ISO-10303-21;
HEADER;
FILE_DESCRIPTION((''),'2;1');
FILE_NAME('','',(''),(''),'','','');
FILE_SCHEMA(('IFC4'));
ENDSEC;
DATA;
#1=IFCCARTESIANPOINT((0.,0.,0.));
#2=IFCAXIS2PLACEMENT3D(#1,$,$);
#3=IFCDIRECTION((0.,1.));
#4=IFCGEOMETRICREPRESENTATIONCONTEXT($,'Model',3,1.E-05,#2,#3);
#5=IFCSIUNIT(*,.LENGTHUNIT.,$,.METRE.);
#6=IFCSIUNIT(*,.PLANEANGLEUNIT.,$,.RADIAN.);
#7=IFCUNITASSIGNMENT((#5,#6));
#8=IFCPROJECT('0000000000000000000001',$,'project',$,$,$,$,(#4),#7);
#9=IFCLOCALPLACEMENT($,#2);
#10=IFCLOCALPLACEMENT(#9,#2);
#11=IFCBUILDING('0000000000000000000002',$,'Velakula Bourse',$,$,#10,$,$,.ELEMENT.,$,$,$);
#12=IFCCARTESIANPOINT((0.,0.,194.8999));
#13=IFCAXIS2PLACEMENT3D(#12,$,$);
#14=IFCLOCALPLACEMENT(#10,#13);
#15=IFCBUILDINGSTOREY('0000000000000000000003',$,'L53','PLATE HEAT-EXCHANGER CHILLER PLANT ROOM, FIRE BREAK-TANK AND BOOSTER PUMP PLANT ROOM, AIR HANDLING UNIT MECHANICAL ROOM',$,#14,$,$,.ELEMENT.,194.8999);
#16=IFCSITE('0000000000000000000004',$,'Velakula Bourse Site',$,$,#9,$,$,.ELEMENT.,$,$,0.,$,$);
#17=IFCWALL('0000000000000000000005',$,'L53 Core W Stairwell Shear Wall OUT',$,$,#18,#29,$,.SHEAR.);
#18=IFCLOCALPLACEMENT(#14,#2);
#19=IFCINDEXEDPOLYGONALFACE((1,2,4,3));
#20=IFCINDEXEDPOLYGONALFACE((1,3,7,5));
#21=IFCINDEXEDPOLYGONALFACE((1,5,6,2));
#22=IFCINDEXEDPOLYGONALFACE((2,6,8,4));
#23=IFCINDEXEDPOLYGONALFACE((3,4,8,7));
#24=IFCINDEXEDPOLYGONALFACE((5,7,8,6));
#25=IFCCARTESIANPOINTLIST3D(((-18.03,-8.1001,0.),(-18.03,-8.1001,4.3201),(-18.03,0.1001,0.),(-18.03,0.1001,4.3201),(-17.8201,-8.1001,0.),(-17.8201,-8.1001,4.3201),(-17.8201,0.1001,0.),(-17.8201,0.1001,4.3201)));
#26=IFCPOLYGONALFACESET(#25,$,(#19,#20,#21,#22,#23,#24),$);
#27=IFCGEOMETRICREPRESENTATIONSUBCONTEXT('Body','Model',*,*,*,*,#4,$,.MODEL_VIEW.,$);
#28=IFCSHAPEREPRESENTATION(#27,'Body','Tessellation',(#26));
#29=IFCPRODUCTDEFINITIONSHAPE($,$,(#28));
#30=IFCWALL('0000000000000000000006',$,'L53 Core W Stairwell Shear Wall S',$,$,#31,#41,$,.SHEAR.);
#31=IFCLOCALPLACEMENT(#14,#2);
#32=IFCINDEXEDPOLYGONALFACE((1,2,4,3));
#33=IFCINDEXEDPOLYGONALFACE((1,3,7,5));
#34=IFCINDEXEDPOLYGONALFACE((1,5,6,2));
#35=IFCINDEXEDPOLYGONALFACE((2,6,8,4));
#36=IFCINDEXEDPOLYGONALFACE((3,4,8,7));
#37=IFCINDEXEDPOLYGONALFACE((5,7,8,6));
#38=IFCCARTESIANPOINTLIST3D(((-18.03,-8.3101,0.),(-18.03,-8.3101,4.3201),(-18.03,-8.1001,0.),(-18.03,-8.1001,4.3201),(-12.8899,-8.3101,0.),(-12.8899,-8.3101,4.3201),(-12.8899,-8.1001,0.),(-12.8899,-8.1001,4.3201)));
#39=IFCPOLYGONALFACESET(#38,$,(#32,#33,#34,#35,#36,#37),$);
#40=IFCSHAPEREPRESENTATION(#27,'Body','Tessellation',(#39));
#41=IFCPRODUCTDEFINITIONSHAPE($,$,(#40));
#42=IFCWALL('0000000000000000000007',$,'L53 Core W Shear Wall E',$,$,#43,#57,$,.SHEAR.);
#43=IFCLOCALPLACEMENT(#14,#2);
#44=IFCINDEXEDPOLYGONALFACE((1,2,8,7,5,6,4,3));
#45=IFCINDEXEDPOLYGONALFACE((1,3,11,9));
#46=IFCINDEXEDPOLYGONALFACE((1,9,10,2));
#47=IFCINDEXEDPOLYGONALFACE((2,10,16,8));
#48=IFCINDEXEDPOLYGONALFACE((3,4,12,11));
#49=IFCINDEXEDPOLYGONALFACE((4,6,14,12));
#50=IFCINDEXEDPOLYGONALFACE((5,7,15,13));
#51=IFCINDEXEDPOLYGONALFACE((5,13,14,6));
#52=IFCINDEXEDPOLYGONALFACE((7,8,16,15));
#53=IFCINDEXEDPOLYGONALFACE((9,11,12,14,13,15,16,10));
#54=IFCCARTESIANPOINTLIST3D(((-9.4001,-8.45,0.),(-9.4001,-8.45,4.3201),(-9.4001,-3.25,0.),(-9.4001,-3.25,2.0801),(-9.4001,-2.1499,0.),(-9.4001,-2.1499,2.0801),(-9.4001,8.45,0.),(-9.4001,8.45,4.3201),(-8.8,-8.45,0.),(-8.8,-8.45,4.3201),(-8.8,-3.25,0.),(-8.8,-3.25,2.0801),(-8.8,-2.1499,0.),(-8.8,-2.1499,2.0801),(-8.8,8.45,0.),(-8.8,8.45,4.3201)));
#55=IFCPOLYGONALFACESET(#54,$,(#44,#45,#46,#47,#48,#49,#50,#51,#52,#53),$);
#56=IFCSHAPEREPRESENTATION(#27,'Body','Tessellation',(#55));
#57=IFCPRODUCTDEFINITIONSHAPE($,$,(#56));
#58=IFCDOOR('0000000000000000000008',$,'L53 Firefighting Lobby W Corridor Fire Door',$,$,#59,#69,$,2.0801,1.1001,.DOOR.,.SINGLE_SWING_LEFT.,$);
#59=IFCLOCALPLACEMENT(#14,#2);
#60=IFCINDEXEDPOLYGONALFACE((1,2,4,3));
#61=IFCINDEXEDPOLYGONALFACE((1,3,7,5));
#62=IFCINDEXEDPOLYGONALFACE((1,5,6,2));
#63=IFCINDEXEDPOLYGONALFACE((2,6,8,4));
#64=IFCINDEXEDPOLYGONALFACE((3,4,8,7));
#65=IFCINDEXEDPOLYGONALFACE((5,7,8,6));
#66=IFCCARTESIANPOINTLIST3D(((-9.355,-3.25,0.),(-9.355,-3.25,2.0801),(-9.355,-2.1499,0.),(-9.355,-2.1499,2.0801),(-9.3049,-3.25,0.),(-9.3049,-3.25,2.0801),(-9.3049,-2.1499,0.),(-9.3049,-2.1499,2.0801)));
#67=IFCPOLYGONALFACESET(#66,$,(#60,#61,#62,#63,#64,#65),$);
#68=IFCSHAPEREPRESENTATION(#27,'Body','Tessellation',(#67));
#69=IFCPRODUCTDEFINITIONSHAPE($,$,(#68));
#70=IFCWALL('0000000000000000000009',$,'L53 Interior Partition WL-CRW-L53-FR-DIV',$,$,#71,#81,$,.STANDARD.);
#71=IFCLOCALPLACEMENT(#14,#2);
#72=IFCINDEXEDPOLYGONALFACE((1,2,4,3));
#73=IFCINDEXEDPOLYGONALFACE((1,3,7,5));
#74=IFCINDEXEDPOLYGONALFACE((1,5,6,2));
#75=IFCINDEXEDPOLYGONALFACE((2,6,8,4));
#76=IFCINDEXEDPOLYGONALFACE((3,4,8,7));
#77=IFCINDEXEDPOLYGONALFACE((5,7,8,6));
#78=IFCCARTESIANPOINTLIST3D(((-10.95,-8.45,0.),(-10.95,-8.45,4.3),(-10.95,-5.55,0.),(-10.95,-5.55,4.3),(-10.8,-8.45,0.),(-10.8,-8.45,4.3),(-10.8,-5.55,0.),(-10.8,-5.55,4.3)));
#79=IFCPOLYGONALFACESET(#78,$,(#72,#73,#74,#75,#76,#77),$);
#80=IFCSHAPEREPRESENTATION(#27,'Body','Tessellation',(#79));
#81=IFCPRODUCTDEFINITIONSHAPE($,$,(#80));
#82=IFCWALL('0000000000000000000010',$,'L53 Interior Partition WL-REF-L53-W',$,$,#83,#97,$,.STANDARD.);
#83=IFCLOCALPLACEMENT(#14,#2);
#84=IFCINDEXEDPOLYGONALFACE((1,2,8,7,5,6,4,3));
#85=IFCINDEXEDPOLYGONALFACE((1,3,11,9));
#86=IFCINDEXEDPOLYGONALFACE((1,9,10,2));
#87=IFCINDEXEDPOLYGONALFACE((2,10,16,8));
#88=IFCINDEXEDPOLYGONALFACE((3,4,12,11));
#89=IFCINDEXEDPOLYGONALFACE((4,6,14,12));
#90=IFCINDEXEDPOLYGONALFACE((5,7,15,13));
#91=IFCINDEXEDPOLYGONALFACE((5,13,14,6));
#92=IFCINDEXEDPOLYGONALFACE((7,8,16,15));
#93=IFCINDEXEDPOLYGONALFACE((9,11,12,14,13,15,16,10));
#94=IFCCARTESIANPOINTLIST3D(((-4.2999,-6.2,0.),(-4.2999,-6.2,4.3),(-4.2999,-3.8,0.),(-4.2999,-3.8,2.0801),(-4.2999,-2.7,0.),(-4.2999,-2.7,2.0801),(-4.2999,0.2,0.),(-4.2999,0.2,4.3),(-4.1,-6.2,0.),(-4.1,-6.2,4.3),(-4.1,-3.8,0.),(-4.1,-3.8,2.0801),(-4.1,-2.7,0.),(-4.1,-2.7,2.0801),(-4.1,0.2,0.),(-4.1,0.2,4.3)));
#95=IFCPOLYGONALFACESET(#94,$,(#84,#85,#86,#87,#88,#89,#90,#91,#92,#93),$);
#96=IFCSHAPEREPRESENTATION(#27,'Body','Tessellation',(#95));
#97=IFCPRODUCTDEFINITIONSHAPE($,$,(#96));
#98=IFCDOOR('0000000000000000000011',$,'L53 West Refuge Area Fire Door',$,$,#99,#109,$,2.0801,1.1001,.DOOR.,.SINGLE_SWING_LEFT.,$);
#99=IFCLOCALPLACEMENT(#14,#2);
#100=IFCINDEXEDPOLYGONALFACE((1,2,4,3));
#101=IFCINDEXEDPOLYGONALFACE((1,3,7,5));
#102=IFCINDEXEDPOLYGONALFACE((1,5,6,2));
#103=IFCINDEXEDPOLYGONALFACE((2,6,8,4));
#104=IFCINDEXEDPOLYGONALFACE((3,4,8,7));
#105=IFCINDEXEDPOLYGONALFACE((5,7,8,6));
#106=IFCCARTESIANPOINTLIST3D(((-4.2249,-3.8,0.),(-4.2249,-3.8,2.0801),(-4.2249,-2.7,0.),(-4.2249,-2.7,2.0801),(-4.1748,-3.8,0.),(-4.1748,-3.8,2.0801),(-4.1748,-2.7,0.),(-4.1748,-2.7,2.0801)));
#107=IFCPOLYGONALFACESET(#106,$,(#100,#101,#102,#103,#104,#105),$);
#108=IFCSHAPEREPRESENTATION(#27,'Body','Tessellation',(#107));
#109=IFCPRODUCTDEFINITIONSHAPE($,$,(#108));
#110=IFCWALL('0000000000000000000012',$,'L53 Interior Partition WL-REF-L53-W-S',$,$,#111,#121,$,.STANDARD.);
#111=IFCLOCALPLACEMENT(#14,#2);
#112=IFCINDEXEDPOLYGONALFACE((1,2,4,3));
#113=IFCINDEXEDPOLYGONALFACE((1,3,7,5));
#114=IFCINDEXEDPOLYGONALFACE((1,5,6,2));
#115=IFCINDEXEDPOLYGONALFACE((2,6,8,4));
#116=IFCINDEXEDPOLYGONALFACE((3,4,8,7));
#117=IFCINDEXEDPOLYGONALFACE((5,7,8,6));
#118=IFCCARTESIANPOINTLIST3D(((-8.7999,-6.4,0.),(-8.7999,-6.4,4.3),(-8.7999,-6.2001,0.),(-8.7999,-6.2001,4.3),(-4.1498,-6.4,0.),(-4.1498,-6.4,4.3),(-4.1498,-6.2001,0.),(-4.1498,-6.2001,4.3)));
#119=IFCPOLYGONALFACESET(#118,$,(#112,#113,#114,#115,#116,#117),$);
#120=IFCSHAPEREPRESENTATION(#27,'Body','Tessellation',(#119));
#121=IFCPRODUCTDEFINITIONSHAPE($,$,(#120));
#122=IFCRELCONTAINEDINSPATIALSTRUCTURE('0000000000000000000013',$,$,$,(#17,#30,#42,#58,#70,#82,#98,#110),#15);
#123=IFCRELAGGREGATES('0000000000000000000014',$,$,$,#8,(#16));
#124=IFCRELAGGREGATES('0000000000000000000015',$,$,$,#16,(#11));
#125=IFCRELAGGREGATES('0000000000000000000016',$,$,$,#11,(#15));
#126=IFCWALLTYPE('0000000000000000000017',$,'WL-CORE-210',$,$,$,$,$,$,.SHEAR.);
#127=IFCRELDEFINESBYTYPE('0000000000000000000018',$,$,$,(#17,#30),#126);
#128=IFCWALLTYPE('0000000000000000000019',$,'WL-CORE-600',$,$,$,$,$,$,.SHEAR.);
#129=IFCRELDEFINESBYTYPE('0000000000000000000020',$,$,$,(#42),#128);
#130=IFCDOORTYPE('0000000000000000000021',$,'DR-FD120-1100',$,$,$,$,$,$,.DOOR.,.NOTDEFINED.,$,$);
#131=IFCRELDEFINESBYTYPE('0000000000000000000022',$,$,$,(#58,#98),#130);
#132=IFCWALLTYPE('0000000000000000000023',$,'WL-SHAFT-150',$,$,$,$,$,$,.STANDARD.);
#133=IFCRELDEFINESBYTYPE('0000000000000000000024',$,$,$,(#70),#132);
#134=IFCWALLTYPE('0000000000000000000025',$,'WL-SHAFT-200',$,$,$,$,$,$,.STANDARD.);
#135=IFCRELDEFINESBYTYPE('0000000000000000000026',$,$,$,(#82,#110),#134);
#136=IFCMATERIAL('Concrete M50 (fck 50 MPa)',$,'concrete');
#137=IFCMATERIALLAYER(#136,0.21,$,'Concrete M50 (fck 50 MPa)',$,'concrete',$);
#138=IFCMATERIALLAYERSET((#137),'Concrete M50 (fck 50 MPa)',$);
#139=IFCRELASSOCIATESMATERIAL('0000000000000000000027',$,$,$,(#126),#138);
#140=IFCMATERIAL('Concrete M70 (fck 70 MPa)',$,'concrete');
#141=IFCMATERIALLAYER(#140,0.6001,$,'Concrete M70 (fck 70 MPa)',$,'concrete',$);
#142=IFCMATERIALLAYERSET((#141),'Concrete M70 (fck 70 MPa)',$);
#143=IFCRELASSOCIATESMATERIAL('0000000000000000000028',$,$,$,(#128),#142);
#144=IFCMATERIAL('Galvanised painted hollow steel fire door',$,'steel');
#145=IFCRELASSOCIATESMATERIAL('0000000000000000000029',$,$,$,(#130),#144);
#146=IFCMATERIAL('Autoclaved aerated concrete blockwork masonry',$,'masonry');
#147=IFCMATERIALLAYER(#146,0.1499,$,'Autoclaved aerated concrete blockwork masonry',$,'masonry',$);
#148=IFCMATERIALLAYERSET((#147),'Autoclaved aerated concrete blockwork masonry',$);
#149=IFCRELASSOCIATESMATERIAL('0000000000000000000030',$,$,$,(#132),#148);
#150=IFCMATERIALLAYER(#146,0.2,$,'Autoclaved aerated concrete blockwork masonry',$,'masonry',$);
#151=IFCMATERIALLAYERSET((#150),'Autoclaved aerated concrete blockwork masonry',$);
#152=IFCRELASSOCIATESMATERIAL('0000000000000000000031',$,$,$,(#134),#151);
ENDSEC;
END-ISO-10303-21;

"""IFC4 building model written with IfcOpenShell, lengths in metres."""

from ifc_helpers import new_model, si_unit, direction, frame, frame_2d, origin, place, context, subcontext, project, spatial, rectangle, extrude, material, layer, layer_set, type_object, element, fill, save


model = new_model("IFC4")

# Units and contexts
model_context = context("Model", 3, precision=1e-05, world=origin(), true_north=direction((0.0, 1.0)))
body_context = subcontext(model_context, "Body", "Model", "MODEL_VIEW")
ifc_project = project(units=[si_unit("LENGTHUNIT", "METRE"), si_unit("PLANEANGLEUNIT", "RADIAN")], contexts=[model_context])

# Site, building, storey
site_placement = place(None, origin())
site = spatial("IfcSite", under=ifc_project, at=site_placement, Name="Velakula Bourse Site", CompositionType="ELEMENT", RefElevation=0.0)
building_placement = place(site_placement, origin())
building = spatial("IfcBuilding", under=site, at=building_placement, Name="Velakula Bourse", CompositionType="ELEMENT")
storey_placement = place(building_placement, frame((0.0, 0.0, 194.8999)))
storey = spatial("IfcBuildingStorey", under=building, at=storey_placement, Name="L53", Description="PLATE HEAT-EXCHANGER CHILLER PLANT ROOM, FIRE BREAK-TANK AND BOOSTER PUMP PLANT ROOM, AIR HANDLING UNIT MECHANICAL ROOM", CompositionType="ELEMENT", Elevation=194.8999)

# Shared definitions
ifc_material_1 = material(Name="Concrete M70 (fck 70 MPa)", Category="concrete")

# Shared definitions
ifc_material_2 = material(Name="Concrete M50 (fck 50 MPa)", Category="concrete")
ifc_layer_1 = layer(ifc_material_2, 0.21, Name="Concrete M50 (fck 50 MPa)", Category="concrete")
ifc_layer_set_1 = layer_set([ifc_layer_1], Name="Concrete M50 (fck 50 MPa)")
wall_type_1 = type_object("IfcWallType", Name="WL-CORE-210", PredefinedType="SHEAR", material=ifc_layer_set_1)
ifc_material_3 = material(Name="Galvanised painted hollow steel fire door", Category="steel")

# Walls
wall_1_placement = place(storey_placement, frame((-17.925, -8.1001, 0.0), z_axis=(0.0, 0.0, 1.0), x_axis=(0.0, 1.0, 0.0)))
element("IfcWall", 1, at=wall_1_placement, inside=storey, type_object=wall_type_1, Name="L53 Core W Stairwell Shear Wall OUT", PredefinedType="SHEAR", context=body_context, shape_type="SweptSolid", body=[
    extrude(rectangle(XDim=8.2002, YDim=0.21, at=frame_2d((4.1001, 0.0))), origin(), (0.0, 0.0, 1.0), 4.3201),
])
wall_2_placement = place(storey_placement, frame((-18.03, -8.2051, 0.0), z_axis=(0.0, 0.0, 1.0), x_axis=(1.0, 0.0, 0.0)))
element("IfcWall", 2, at=wall_2_placement, inside=storey, type_object=wall_type_1, Name="L53 Core W Stairwell Shear Wall S", PredefinedType="SHEAR", context=body_context, shape_type="SweptSolid", body=[
    extrude(rectangle(XDim=5.1401, YDim=0.21, at=frame_2d((2.5701, 0.0))), origin(), (0.0, 0.0, 1.0), 4.3201),
])

# Wall, opening, door
ifc_layer_2 = layer(ifc_material_1, 0.6001, Name="Concrete M70 (fck 70 MPa)", Category="concrete")
ifc_layer_set_2 = layer_set([ifc_layer_2], Name="Concrete M70 (fck 70 MPa)")
wall_type_2 = type_object("IfcWallType", Name="WL-CORE-600", PredefinedType="SHEAR", material=ifc_layer_set_2)
wall_3_placement = place(storey_placement, frame((-9.1001, -8.45, 0.0), z_axis=(0.0, 0.0, 1.0), x_axis=(0.0, 1.0, 0.0)))
wall_3 = element("IfcWall", 3, at=wall_3_placement, inside=storey, type_object=wall_type_2, Name="L53 Core W Shear Wall E", PredefinedType="SHEAR", context=body_context, shape_type="SweptSolid", body=[
    extrude(rectangle(XDim=16.8999, YDim=0.6001, at=frame_2d((8.45, 0.0))), origin(), (0.0, 0.0, 1.0), 4.3201),
])
opening_1_placement = place(wall_3_placement, frame((5.2, 0.0, 0.0)))
opening_1 = element("IfcOpeningElement", 4, at=opening_1_placement, cuts=wall_3, PredefinedType="OPENING", context=body_context, shape_type="SweptSolid", body=[
    extrude(rectangle(XDim=1.1001, YDim=2.0801, at=frame_2d((0.55, 1.04))), frame((0.0, 0.3101, 0.0), z_axis=(0.0, -1.0, 0.0), x_axis=(1.0, 0.0, 0.0)), (0.0, 0.0, 1.0), 0.6201),
])
door_type_1 = type_object("IfcDoorType", Name="DR-FD120-1100", OperationType="NOTDEFINED", PredefinedType="DOOR", material=ifc_material_3)
door_1_placement = place(opening_1_placement, origin())
door_1 = element("IfcDoor", 5, at=door_1_placement, inside=storey, type_object=door_type_1, Name="L53 Firefighting Lobby W Corridor Fire Door", OperationType="SINGLE_SWING_LEFT", OverallHeight=2.0801, OverallWidth=1.1001, PredefinedType="DOOR", context=body_context, shape_type="SweptSolid", body=[
    extrude(rectangle(XDim=1.1001, YDim=2.0801, at=frame_2d((0.55, 1.04))), frame((0.0, 0.2549, 0.0), z_axis=(0.0, -1.0, 0.0), x_axis=(1.0, 0.0, 0.0)), (0.0, 0.0, 1.0), 0.05),
])
fill(opening_1, door_1)

# Shared definitions
ifc_material_4 = material(Name="Autoclaved aerated concrete blockwork masonry", Category="masonry")
ifc_layer_3 = layer(ifc_material_4, 0.1499, Name="Autoclaved aerated concrete blockwork masonry", Category="masonry")
ifc_layer_set_3 = layer_set([ifc_layer_3], Name="Autoclaved aerated concrete blockwork masonry")
wall_type_3 = type_object("IfcWallType", Name="WL-SHAFT-150", PredefinedType="STANDARD", material=ifc_layer_set_3)

# Wall
wall_4_placement = place(storey_placement, frame((-10.875, -8.45, 0.0), z_axis=(0.0, 0.0, 1.0), x_axis=(0.0, 1.0, 0.0)))
element("IfcWall", 6, at=wall_4_placement, inside=storey, type_object=wall_type_3, Name="L53 Interior Partition WL-CRW-L53-FR-DIV", PredefinedType="STANDARD", context=body_context, shape_type="SweptSolid", body=[
    extrude(rectangle(XDim=2.8999, YDim=0.1499, at=frame_2d((1.45, 0.0))), origin(), (0.0, 0.0, 1.0), 4.3),
])

# Wall, opening, door
ifc_layer_4 = layer(ifc_material_4, 0.2, Name="Autoclaved aerated concrete blockwork masonry", Category="masonry")
ifc_layer_set_4 = layer_set([ifc_layer_4], Name="Autoclaved aerated concrete blockwork masonry")
wall_type_4 = type_object("IfcWallType", Name="WL-SHAFT-200", PredefinedType="STANDARD", material=ifc_layer_set_4)
wall_5_placement = place(storey_placement, frame((-4.2, -6.2, 0.0), z_axis=(0.0, 0.0, 1.0), x_axis=(0.0, 1.0, 0.0)))
wall_5 = element("IfcWall", 7, at=wall_5_placement, inside=storey, type_object=wall_type_4, Name="L53 Interior Partition WL-REF-L53-W", PredefinedType="STANDARD", context=body_context, shape_type="SweptSolid", body=[
    extrude(rectangle(XDim=6.3999, YDim=0.2, at=frame_2d((3.2, 0.0))), origin(), (0.0, 0.0, 1.0), 4.3),
])
opening_2_placement = place(wall_5_placement, frame((2.3999, 0.0, 0.0)))
opening_2 = element("IfcOpeningElement", 8, at=opening_2_placement, cuts=wall_5, PredefinedType="OPENING", context=body_context, shape_type="SweptSolid", body=[
    extrude(rectangle(XDim=1.1001, YDim=2.0801, at=frame_2d((0.55, 1.04))), frame((0.0, 0.1099, 0.0), z_axis=(0.0, -1.0, 0.0), x_axis=(1.0, 0.0, 0.0)), (0.0, 0.0, 1.0), 0.22),
])
door_2_placement = place(opening_2_placement, origin())
door_2 = element("IfcDoor", 9, at=door_2_placement, inside=storey, type_object=door_type_1, Name="L53 West Refuge Area Fire Door", OperationType="SINGLE_SWING_LEFT", OverallHeight=2.0801, OverallWidth=1.1001, PredefinedType="DOOR", context=body_context, shape_type="SweptSolid", body=[
    extrude(rectangle(XDim=1.1001, YDim=2.0801, at=frame_2d((0.55, 1.04))), frame((0.0, 0.0249, 0.0), z_axis=(0.0, -1.0, 0.0), x_axis=(1.0, 0.0, 0.0)), (0.0, 0.0, 1.0), 0.05),
])
fill(opening_2, door_2)

# Wall
wall_6_placement = place(storey_placement, frame((-8.8, -6.3, 0.0), z_axis=(0.0, 0.0, 1.0), x_axis=(1.0, 0.0, 0.0)))
element("IfcWall", 10, at=wall_6_placement, inside=storey, type_object=wall_type_4, Name="L53 Interior Partition WL-REF-L53-W-S", PredefinedType="STANDARD", context=body_context, shape_type="SweptSolid", body=[
    extrude(rectangle(XDim=4.6501, YDim=0.2, at=frame_2d((2.3252, 0.0))), origin(), (0.0, 0.0, 1.0), 4.3),
])

save(model, "model.ifc")
